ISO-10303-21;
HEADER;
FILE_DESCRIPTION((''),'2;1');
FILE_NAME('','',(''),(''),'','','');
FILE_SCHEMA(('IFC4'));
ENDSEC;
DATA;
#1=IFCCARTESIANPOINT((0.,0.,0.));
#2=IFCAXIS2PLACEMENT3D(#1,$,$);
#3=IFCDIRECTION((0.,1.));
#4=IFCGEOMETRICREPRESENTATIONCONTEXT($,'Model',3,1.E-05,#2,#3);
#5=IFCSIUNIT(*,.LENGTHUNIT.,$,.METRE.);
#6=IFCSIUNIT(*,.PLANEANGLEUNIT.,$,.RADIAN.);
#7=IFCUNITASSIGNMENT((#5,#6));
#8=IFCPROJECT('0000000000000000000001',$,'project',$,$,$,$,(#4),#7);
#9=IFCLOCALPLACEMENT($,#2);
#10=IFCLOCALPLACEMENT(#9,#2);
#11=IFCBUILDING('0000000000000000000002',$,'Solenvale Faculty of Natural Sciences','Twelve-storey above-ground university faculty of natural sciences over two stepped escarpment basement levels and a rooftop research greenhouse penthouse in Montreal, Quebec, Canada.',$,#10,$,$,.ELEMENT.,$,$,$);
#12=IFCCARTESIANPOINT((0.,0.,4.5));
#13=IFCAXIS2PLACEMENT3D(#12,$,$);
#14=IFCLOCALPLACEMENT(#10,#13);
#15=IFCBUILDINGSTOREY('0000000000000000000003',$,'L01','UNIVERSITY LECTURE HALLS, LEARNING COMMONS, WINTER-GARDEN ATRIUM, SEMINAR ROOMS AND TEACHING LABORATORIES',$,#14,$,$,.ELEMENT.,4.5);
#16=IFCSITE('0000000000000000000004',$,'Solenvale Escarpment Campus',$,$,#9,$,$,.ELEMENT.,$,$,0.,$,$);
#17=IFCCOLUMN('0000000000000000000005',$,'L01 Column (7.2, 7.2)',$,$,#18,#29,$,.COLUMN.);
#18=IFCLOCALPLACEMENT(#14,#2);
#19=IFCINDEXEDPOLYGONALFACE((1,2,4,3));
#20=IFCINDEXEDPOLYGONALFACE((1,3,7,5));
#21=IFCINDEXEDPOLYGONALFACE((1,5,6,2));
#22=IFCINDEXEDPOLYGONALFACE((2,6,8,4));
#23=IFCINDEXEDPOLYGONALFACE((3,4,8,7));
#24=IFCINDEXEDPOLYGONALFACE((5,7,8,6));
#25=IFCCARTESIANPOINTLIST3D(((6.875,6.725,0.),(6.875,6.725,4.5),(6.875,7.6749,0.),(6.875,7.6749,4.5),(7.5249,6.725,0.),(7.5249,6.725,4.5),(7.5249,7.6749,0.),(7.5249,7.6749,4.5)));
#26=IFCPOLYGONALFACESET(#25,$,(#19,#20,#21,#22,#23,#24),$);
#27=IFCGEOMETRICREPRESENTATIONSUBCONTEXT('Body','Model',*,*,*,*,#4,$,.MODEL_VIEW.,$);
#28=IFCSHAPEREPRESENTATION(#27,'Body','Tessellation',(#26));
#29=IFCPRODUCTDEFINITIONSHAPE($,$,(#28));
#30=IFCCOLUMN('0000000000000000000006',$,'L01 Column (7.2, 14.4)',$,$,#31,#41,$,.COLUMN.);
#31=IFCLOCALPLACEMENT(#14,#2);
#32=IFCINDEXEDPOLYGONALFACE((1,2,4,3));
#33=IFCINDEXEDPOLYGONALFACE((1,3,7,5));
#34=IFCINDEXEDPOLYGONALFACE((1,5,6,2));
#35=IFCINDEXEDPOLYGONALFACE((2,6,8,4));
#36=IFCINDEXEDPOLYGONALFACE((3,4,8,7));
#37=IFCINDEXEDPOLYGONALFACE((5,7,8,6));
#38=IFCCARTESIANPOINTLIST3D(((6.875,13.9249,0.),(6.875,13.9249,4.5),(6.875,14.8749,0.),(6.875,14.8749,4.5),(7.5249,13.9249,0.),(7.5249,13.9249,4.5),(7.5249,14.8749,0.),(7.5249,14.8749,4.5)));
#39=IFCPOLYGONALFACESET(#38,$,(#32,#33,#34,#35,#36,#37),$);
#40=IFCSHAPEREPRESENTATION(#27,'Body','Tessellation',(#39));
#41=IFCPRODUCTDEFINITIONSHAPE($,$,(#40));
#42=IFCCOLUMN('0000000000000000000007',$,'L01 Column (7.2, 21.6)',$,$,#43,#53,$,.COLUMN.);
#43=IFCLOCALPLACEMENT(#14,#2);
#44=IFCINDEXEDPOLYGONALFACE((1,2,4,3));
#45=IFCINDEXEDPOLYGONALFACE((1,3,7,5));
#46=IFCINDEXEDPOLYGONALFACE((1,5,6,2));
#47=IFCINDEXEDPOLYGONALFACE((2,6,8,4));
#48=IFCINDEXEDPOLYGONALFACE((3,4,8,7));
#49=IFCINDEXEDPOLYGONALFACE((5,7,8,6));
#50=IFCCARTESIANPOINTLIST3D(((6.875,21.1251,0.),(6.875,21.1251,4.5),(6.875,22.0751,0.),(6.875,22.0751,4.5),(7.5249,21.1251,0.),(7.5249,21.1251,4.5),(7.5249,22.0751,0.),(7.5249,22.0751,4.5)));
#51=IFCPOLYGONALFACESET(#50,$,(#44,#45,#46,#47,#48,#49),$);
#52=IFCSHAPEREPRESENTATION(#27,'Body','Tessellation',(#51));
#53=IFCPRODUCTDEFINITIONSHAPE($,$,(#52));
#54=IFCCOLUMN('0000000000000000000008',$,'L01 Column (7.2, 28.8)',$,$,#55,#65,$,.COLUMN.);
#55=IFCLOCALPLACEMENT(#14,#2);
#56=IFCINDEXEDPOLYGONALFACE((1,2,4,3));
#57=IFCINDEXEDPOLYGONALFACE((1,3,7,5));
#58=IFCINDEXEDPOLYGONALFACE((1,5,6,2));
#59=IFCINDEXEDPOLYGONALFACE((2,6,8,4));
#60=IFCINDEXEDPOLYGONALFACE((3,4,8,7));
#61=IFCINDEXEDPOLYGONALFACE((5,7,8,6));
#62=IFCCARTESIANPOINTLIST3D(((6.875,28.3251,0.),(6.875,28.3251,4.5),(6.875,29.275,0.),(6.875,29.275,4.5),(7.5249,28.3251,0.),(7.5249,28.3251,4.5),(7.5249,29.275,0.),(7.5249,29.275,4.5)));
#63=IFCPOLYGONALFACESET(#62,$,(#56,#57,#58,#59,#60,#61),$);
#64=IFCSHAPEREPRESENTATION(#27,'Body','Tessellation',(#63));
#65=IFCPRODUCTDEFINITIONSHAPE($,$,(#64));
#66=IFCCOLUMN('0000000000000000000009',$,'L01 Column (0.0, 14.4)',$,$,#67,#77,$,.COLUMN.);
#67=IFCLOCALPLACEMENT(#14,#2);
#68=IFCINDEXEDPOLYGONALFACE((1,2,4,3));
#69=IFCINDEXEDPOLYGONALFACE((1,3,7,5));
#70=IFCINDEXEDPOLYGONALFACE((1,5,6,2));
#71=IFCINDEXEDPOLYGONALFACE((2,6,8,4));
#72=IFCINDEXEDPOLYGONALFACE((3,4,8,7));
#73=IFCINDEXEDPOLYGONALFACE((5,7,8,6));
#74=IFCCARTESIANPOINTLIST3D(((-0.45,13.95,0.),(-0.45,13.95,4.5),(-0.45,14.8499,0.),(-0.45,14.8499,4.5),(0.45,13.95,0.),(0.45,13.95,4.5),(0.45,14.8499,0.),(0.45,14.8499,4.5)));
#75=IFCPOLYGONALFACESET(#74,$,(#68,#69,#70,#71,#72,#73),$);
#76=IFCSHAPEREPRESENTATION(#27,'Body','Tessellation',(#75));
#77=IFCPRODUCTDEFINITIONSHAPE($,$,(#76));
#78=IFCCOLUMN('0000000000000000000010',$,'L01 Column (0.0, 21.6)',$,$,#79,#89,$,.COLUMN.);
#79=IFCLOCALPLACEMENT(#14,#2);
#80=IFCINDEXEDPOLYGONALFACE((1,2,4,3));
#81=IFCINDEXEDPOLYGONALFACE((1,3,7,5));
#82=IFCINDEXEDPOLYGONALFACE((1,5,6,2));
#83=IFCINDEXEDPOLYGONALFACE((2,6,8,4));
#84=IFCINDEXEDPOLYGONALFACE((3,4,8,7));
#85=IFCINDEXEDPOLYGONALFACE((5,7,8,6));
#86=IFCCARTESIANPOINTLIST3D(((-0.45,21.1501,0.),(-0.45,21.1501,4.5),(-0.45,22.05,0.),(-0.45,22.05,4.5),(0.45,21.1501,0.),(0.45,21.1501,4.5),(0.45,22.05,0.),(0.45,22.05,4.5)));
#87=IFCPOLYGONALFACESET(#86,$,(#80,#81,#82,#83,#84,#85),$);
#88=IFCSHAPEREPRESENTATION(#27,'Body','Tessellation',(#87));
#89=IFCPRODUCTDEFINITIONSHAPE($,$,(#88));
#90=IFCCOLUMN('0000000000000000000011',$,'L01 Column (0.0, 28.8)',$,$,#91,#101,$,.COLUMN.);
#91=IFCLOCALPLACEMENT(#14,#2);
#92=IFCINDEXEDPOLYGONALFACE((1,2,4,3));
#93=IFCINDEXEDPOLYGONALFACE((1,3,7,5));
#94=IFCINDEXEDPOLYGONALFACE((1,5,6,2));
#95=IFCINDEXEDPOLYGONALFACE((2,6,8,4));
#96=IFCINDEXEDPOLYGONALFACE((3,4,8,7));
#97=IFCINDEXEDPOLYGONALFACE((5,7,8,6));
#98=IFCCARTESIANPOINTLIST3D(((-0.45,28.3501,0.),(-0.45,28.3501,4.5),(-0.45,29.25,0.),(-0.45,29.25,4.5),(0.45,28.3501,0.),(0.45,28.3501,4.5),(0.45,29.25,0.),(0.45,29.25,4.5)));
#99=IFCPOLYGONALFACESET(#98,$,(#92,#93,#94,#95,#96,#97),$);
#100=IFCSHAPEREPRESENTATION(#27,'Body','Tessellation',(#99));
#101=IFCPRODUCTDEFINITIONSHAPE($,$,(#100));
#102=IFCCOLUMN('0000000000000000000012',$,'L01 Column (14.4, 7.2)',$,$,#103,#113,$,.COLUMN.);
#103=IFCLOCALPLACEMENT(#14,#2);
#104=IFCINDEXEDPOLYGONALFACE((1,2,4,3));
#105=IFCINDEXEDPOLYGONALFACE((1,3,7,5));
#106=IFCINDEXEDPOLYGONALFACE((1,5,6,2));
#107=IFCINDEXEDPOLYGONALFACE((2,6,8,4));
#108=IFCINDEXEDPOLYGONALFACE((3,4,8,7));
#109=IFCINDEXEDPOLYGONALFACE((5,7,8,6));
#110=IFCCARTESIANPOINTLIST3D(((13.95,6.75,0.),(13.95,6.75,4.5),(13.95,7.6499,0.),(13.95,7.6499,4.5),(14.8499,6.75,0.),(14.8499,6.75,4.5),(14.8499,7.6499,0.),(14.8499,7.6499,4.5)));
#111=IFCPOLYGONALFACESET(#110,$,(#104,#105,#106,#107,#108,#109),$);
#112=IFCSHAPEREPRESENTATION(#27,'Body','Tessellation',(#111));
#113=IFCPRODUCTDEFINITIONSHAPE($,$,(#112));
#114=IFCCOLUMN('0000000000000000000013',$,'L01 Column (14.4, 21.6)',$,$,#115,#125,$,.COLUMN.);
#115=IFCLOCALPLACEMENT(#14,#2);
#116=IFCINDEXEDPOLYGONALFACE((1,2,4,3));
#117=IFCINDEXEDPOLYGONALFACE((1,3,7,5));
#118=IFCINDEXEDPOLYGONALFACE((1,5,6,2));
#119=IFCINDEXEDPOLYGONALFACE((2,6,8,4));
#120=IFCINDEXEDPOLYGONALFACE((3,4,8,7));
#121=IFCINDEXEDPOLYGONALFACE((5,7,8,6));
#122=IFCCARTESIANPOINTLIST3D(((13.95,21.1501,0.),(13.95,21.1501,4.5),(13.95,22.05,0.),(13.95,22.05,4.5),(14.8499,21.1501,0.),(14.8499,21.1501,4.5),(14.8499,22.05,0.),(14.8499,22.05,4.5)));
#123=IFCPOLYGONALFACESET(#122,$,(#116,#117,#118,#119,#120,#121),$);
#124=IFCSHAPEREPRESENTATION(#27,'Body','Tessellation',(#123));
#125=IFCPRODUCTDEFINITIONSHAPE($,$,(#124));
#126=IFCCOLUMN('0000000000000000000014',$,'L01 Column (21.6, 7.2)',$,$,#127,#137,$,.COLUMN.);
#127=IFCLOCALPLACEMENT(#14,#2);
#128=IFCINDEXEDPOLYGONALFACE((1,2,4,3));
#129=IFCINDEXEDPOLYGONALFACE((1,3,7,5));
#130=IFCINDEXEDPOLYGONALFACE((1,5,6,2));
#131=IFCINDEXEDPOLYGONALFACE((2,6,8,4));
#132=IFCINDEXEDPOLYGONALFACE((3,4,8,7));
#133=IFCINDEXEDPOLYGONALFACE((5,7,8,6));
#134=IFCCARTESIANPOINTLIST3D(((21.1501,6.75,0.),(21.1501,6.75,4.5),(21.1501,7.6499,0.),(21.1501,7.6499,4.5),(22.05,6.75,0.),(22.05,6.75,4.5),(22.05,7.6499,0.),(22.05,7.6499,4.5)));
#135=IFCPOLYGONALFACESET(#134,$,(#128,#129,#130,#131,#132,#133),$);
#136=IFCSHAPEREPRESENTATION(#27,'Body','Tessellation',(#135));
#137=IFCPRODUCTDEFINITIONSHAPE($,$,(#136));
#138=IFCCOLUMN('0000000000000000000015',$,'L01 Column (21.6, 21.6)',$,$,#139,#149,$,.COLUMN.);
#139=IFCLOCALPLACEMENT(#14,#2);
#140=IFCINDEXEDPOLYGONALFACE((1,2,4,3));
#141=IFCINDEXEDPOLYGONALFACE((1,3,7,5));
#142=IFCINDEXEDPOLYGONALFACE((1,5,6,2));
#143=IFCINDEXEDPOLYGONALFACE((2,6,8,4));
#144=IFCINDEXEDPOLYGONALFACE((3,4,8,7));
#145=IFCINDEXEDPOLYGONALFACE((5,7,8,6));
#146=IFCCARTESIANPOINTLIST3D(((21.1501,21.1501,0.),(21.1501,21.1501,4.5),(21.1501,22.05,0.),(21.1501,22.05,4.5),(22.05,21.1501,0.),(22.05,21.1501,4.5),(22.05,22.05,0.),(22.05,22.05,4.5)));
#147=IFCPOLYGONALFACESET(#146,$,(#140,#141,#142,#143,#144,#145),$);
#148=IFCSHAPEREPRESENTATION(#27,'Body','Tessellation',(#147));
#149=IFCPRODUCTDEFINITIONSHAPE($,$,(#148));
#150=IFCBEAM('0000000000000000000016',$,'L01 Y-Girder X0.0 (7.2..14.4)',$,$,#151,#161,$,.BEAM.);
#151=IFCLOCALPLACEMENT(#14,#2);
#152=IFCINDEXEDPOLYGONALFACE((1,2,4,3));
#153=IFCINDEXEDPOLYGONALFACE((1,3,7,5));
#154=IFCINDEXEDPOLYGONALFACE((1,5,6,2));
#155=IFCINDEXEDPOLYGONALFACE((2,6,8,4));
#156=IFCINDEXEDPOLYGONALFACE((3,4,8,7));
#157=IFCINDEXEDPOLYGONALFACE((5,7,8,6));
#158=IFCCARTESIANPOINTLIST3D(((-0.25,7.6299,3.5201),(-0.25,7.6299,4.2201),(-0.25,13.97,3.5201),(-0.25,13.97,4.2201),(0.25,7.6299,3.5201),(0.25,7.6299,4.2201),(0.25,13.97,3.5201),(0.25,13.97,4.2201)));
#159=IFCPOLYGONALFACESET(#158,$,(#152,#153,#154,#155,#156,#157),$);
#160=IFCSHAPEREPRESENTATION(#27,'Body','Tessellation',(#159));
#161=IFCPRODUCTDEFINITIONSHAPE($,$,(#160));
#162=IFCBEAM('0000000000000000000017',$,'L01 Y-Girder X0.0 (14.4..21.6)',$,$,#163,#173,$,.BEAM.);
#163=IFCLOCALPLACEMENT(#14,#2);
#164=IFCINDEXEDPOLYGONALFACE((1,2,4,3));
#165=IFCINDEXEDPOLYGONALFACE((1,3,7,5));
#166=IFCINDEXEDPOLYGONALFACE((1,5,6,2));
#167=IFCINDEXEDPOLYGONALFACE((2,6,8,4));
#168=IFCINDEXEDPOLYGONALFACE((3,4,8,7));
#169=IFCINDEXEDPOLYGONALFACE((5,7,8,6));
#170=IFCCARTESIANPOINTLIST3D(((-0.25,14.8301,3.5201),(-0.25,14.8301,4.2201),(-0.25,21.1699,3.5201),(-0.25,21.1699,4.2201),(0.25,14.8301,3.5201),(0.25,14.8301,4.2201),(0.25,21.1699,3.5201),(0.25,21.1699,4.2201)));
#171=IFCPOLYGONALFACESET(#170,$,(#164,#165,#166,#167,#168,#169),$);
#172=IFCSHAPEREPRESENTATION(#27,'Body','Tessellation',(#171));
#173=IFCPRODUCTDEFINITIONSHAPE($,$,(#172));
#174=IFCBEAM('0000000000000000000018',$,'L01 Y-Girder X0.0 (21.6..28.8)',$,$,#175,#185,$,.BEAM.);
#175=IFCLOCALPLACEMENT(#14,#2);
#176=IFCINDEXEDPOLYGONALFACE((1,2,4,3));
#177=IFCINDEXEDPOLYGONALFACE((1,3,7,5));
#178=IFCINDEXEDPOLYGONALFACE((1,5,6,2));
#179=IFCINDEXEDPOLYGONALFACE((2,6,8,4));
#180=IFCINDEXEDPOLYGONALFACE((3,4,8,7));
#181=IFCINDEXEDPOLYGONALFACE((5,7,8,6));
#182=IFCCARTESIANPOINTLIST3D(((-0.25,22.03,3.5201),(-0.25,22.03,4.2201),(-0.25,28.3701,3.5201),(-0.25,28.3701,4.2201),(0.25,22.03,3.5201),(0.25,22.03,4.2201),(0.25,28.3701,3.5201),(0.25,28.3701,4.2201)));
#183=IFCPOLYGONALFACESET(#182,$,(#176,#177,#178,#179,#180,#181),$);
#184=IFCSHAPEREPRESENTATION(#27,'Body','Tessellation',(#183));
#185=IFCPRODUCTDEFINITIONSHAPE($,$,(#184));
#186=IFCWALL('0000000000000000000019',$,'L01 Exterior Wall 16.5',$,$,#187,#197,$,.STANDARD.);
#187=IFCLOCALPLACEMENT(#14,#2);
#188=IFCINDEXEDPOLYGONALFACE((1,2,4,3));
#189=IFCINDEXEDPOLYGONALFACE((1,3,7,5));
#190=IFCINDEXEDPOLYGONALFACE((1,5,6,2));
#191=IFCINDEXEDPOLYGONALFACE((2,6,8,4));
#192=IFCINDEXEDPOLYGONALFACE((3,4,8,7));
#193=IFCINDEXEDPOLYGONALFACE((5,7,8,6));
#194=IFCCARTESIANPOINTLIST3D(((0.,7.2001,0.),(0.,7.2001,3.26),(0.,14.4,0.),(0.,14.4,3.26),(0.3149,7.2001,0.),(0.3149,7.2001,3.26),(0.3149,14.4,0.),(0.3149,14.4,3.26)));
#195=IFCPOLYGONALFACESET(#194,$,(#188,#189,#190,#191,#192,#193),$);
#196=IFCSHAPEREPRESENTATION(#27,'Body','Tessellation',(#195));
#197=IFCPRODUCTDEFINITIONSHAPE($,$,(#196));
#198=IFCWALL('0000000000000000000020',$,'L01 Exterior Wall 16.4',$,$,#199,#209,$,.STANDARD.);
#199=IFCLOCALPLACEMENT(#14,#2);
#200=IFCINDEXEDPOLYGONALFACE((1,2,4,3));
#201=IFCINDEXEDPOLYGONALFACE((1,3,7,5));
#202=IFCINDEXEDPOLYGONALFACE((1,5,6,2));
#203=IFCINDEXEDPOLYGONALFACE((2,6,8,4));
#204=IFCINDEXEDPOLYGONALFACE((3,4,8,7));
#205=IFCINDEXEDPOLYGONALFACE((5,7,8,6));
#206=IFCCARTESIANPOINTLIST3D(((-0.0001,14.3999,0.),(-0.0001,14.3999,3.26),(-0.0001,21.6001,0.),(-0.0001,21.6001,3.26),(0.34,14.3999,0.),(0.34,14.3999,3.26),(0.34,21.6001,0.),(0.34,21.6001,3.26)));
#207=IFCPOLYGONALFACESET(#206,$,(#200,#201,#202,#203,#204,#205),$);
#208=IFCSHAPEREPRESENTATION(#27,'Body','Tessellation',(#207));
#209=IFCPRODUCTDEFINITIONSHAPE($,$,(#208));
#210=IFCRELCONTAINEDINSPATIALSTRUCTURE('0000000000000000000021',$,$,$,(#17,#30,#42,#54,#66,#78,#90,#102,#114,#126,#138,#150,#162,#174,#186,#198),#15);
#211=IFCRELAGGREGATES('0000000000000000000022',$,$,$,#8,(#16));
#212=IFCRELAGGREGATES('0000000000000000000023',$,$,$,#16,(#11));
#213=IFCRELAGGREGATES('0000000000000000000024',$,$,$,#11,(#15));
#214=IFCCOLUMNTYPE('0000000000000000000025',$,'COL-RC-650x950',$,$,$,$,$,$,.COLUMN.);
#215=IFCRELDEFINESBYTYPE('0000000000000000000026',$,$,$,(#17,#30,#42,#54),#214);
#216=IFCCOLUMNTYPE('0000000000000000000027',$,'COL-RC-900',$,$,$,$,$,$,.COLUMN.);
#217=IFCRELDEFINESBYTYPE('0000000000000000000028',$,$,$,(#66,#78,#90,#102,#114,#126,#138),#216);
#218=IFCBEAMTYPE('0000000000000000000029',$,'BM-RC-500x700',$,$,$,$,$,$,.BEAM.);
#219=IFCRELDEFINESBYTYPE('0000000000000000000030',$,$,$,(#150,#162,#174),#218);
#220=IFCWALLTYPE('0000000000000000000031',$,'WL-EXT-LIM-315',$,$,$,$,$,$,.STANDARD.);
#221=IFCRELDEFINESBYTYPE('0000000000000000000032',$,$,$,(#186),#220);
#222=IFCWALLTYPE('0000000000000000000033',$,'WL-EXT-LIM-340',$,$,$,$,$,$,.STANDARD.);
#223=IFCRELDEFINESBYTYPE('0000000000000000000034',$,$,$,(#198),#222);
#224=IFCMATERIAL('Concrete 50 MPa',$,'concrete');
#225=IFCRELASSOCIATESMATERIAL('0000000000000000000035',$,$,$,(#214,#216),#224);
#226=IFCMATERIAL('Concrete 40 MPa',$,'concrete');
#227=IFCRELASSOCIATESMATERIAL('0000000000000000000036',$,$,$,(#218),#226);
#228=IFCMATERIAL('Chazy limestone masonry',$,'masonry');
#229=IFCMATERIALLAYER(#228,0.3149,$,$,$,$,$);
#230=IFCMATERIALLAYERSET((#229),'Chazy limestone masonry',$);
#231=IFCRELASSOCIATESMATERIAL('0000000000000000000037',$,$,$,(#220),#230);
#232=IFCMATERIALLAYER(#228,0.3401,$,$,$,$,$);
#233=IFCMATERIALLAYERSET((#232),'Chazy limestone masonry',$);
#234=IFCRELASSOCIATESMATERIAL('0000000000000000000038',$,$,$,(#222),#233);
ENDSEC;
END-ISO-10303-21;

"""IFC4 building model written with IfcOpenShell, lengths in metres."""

from ifc_helpers import new_model, si_unit, direction, frame, frame_2d, origin, origin_2d, place, context, subcontext, project, spatial, rectangle, extrude, material, layer, layer_set, material_profile, profile_set, type_object, element, save


model = new_model("IFC4")

# Units and contexts
model_context = context("Model", 3, precision=1e-05, world=origin(), true_north=direction((0.0, 1.0)))
body_context = subcontext(model_context, "Body", "Model", "MODEL_VIEW")
ifc_project = project(units=[si_unit("LENGTHUNIT", "METRE"), si_unit("PLANEANGLEUNIT", "RADIAN")], contexts=[model_context])

# Site, building, storey
site_placement = place(None, origin())
site = spatial("IfcSite", under=ifc_project, at=site_placement, Name="Solenvale Escarpment Campus", CompositionType="ELEMENT", RefElevation=0.0)
building_placement = place(site_placement, origin())
building = spatial("IfcBuilding", under=site, at=building_placement, Name="Solenvale Faculty of Natural Sciences", Description="Twelve-storey above-ground university faculty of natural sciences over two stepped escarpment basement levels and a rooftop research greenhouse penthouse in Montreal, Quebec, Canada.", CompositionType="ELEMENT")
storey_placement = place(building_placement, frame((0.0, 0.0, 4.5)))
storey = spatial("IfcBuildingStorey", under=building, at=storey_placement, Name="L01", Description="UNIVERSITY LECTURE HALLS, LEARNING COMMONS, WINTER-GARDEN ATRIUM, SEMINAR ROOMS AND TEACHING LABORATORIES", CompositionType="ELEMENT", Elevation=4.5)

# Columns
ifc_material_1 = material(Name="Concrete 50 MPa", Category="concrete")
ifc_material_profile_1 = material_profile(ifc_material_1, rectangle(XDim=0.6499, YDim=0.95, at=origin_2d()), Name="RC-COL-650x950")
ifc_profile_set_1 = profile_set([ifc_material_profile_1], Name="Concrete 50 MPa")
column_type_1 = type_object("IfcColumnType", Name="COL-RC-650x950", PredefinedType="COLUMN", material=ifc_profile_set_1)
for number, where, z_axis, x_axis, name in (
    (1, (7.2, 7.2, 0.0), (0.0, 0.0, 1.0), (1.0, 0.0, 0.0), "L01 Column (7.2, 7.2)"),
    (2, (7.2, 14.3999, 0.0), (0.0, 0.0, 1.0), (1.0, 0.0, 0.0), "L01 Column (7.2, 14.4)"),
    (3, (7.2, 21.6001, 0.0), (0.0, 0.0, 1.0), (1.0, 0.0, 0.0), "L01 Column (7.2, 21.6)"),
    (4, (7.2, 28.8, 0.0), (0.0, 0.0, 1.0), (1.0, 0.0, 0.0), "L01 Column (7.2, 28.8)"),
):
    element("IfcColumn", number, at=place(storey_placement, frame(where, z_axis=z_axis, x_axis=x_axis)), inside=storey, type_object=column_type_1, Name=name, PredefinedType="COLUMN", context=body_context, shape_type="SweptSolid", body=[
        extrude(rectangle(XDim=0.6499, YDim=0.95, at=origin_2d()), origin(), (0.0, 0.0, 1.0), 4.5),
    ])
ifc_material_profile_2 = material_profile(ifc_material_1, rectangle(XDim=0.8999, YDim=0.8999, at=origin_2d()), Name="RC-COL-900x900")
ifc_profile_set_2 = profile_set([ifc_material_profile_2], Name="Concrete 50 MPa")
column_type_2 = type_object("IfcColumnType", Name="COL-RC-900", PredefinedType="COLUMN", material=ifc_profile_set_2)
for number, where, z_axis, x_axis, name in (
    (5, (0.0, 14.3999, 0.0), (0.0, 0.0, 1.0), (1.0, 0.0, 0.0), "L01 Column (0.0, 14.4)"),
    (6, (0.0, 21.6001, 0.0), (0.0, 0.0, 1.0), (1.0, 0.0, 0.0), "L01 Column (0.0, 21.6)"),
    (7, (0.0, 28.8, 0.0), (0.0, 0.0, 1.0), (1.0, 0.0, 0.0), "L01 Column (0.0, 28.8)"),
    (8, (14.3999, 7.2, 0.0), (0.0, 0.0, 1.0), (1.0, 0.0, 0.0), "L01 Column (14.4, 7.2)"),
    (9, (14.3999, 21.6001, 0.0), (0.0, 0.0, 1.0), (1.0, 0.0, 0.0), "L01 Column (14.4, 21.6)"),
    (10, (21.6001, 7.2, 0.0), (0.0, 0.0, 1.0), (1.0, 0.0, 0.0), "L01 Column (21.6, 7.2)"),
    (11, (21.6001, 21.6001, 0.0), (0.0, 0.0, 1.0), (1.0, 0.0, 0.0), "L01 Column (21.6, 21.6)"),
):
    element("IfcColumn", number, at=place(storey_placement, frame(where, z_axis=z_axis, x_axis=x_axis)), inside=storey, type_object=column_type_2, Name=name, PredefinedType="COLUMN", context=body_context, shape_type="SweptSolid", body=[
        extrude(rectangle(XDim=0.8999, YDim=0.8999, at=origin_2d()), origin(), (0.0, 0.0, 1.0), 4.5),
    ])

# Beams
ifc_material_2 = material(Name="Concrete 40 MPa", Category="concrete")
ifc_material_profile_3 = material_profile(ifc_material_2, rectangle(XDim=0.5, YDim=0.7, at=origin_2d()), Name="RC-BM-500x700")
ifc_profile_set_3 = profile_set([ifc_material_profile_3], Name="Concrete 40 MPa")
beam_type = type_object("IfcBeamType", Name="BM-RC-500x700", PredefinedType="BEAM", material=ifc_profile_set_3)
beam_1_placement = place(storey_placement, frame((0.0, 7.6299, 3.8701), z_axis=(0.0, 1.0, 0.0), x_axis=(-1.0, 0.0, 0.0)))
element("IfcBeam", 12, at=beam_1_placement, inside=storey, type_object=beam_type, Name="L01 Y-Girder X0.0 (7.2..14.4)", PredefinedType="BEAM", context=body_context, shape_type="SweptSolid", body=[
    extrude(rectangle(XDim=0.5, YDim=0.7, at=origin_2d()), origin(), (0.0, 0.0, 1.0), 6.3401),
])
beam_2_placement = place(storey_placement, frame((0.0, 14.8301, 3.8701), z_axis=(0.0, 1.0, 0.0), x_axis=(-1.0, 0.0, 0.0)))
element("IfcBeam", 13, at=beam_2_placement, inside=storey, type_object=beam_type, Name="L01 Y-Girder X0.0 (14.4..21.6)", PredefinedType="BEAM", context=body_context, shape_type="SweptSolid", body=[
    extrude(rectangle(XDim=0.5, YDim=0.7, at=origin_2d()), origin(), (0.0, 0.0, 1.0), 6.3398),
])
beam_3_placement = place(storey_placement, frame((0.0, 22.03, 3.8701), z_axis=(0.0, 1.0, 0.0), x_axis=(-1.0, 0.0, 0.0)))
element("IfcBeam", 14, at=beam_3_placement, inside=storey, type_object=beam_type, Name="L01 Y-Girder X0.0 (21.6..28.8)", PredefinedType="BEAM", context=body_context, shape_type="SweptSolid", body=[
    extrude(rectangle(XDim=0.5, YDim=0.7, at=origin_2d()), origin(), (0.0, 0.0, 1.0), 6.3401),
])

# Walls
ifc_material_3 = material(Name="Chazy limestone masonry", Category="masonry")
ifc_layer_1 = layer(ifc_material_3, 0.3149)
ifc_layer_set_1 = layer_set([ifc_layer_1], Name="Chazy limestone masonry")
wall_type_1 = type_object("IfcWallType", Name="WL-EXT-LIM-315", PredefinedType="STANDARD", material=ifc_layer_set_1)
wall_1_placement = place(storey_placement, frame((0.1575, 7.2, 0.0), z_axis=(0.0, 0.0, 1.0), x_axis=(0.0, 1.0, 0.0)))
element("IfcWall", 15, at=wall_1_placement, inside=storey, type_object=wall_type_1, Name="L01 Exterior Wall 16.5", PredefinedType="STANDARD", context=body_context, shape_type="SweptSolid", body=[
    extrude(rectangle(XDim=7.2, YDim=0.3149, at=frame_2d((3.6001, 0.0))), origin(), (0.0, 0.0, 1.0), 3.26),
])
ifc_layer_2 = layer(ifc_material_3, 0.3401)
ifc_layer_set_2 = layer_set([ifc_layer_2], Name="Chazy limestone masonry")
wall_type_2 = type_object("IfcWallType", Name="WL-EXT-LIM-340", PredefinedType="STANDARD", material=ifc_layer_set_2)
wall_2_placement = place(storey_placement, frame((0.1699, 14.3999, 0.0), z_axis=(0.0, 0.0, 1.0), x_axis=(0.0, 1.0, 0.0)))
element("IfcWall", 16, at=wall_2_placement, inside=storey, type_object=wall_type_2, Name="L01 Exterior Wall 16.4", PredefinedType="STANDARD", context=body_context, shape_type="SweptSolid", body=[
    extrude(rectangle(XDim=7.2002, YDim=0.3401, at=frame_2d((3.6001, 0.0))), origin(), (0.0, 0.0, 1.0), 3.26),
])

save(model, "model.ifc")
